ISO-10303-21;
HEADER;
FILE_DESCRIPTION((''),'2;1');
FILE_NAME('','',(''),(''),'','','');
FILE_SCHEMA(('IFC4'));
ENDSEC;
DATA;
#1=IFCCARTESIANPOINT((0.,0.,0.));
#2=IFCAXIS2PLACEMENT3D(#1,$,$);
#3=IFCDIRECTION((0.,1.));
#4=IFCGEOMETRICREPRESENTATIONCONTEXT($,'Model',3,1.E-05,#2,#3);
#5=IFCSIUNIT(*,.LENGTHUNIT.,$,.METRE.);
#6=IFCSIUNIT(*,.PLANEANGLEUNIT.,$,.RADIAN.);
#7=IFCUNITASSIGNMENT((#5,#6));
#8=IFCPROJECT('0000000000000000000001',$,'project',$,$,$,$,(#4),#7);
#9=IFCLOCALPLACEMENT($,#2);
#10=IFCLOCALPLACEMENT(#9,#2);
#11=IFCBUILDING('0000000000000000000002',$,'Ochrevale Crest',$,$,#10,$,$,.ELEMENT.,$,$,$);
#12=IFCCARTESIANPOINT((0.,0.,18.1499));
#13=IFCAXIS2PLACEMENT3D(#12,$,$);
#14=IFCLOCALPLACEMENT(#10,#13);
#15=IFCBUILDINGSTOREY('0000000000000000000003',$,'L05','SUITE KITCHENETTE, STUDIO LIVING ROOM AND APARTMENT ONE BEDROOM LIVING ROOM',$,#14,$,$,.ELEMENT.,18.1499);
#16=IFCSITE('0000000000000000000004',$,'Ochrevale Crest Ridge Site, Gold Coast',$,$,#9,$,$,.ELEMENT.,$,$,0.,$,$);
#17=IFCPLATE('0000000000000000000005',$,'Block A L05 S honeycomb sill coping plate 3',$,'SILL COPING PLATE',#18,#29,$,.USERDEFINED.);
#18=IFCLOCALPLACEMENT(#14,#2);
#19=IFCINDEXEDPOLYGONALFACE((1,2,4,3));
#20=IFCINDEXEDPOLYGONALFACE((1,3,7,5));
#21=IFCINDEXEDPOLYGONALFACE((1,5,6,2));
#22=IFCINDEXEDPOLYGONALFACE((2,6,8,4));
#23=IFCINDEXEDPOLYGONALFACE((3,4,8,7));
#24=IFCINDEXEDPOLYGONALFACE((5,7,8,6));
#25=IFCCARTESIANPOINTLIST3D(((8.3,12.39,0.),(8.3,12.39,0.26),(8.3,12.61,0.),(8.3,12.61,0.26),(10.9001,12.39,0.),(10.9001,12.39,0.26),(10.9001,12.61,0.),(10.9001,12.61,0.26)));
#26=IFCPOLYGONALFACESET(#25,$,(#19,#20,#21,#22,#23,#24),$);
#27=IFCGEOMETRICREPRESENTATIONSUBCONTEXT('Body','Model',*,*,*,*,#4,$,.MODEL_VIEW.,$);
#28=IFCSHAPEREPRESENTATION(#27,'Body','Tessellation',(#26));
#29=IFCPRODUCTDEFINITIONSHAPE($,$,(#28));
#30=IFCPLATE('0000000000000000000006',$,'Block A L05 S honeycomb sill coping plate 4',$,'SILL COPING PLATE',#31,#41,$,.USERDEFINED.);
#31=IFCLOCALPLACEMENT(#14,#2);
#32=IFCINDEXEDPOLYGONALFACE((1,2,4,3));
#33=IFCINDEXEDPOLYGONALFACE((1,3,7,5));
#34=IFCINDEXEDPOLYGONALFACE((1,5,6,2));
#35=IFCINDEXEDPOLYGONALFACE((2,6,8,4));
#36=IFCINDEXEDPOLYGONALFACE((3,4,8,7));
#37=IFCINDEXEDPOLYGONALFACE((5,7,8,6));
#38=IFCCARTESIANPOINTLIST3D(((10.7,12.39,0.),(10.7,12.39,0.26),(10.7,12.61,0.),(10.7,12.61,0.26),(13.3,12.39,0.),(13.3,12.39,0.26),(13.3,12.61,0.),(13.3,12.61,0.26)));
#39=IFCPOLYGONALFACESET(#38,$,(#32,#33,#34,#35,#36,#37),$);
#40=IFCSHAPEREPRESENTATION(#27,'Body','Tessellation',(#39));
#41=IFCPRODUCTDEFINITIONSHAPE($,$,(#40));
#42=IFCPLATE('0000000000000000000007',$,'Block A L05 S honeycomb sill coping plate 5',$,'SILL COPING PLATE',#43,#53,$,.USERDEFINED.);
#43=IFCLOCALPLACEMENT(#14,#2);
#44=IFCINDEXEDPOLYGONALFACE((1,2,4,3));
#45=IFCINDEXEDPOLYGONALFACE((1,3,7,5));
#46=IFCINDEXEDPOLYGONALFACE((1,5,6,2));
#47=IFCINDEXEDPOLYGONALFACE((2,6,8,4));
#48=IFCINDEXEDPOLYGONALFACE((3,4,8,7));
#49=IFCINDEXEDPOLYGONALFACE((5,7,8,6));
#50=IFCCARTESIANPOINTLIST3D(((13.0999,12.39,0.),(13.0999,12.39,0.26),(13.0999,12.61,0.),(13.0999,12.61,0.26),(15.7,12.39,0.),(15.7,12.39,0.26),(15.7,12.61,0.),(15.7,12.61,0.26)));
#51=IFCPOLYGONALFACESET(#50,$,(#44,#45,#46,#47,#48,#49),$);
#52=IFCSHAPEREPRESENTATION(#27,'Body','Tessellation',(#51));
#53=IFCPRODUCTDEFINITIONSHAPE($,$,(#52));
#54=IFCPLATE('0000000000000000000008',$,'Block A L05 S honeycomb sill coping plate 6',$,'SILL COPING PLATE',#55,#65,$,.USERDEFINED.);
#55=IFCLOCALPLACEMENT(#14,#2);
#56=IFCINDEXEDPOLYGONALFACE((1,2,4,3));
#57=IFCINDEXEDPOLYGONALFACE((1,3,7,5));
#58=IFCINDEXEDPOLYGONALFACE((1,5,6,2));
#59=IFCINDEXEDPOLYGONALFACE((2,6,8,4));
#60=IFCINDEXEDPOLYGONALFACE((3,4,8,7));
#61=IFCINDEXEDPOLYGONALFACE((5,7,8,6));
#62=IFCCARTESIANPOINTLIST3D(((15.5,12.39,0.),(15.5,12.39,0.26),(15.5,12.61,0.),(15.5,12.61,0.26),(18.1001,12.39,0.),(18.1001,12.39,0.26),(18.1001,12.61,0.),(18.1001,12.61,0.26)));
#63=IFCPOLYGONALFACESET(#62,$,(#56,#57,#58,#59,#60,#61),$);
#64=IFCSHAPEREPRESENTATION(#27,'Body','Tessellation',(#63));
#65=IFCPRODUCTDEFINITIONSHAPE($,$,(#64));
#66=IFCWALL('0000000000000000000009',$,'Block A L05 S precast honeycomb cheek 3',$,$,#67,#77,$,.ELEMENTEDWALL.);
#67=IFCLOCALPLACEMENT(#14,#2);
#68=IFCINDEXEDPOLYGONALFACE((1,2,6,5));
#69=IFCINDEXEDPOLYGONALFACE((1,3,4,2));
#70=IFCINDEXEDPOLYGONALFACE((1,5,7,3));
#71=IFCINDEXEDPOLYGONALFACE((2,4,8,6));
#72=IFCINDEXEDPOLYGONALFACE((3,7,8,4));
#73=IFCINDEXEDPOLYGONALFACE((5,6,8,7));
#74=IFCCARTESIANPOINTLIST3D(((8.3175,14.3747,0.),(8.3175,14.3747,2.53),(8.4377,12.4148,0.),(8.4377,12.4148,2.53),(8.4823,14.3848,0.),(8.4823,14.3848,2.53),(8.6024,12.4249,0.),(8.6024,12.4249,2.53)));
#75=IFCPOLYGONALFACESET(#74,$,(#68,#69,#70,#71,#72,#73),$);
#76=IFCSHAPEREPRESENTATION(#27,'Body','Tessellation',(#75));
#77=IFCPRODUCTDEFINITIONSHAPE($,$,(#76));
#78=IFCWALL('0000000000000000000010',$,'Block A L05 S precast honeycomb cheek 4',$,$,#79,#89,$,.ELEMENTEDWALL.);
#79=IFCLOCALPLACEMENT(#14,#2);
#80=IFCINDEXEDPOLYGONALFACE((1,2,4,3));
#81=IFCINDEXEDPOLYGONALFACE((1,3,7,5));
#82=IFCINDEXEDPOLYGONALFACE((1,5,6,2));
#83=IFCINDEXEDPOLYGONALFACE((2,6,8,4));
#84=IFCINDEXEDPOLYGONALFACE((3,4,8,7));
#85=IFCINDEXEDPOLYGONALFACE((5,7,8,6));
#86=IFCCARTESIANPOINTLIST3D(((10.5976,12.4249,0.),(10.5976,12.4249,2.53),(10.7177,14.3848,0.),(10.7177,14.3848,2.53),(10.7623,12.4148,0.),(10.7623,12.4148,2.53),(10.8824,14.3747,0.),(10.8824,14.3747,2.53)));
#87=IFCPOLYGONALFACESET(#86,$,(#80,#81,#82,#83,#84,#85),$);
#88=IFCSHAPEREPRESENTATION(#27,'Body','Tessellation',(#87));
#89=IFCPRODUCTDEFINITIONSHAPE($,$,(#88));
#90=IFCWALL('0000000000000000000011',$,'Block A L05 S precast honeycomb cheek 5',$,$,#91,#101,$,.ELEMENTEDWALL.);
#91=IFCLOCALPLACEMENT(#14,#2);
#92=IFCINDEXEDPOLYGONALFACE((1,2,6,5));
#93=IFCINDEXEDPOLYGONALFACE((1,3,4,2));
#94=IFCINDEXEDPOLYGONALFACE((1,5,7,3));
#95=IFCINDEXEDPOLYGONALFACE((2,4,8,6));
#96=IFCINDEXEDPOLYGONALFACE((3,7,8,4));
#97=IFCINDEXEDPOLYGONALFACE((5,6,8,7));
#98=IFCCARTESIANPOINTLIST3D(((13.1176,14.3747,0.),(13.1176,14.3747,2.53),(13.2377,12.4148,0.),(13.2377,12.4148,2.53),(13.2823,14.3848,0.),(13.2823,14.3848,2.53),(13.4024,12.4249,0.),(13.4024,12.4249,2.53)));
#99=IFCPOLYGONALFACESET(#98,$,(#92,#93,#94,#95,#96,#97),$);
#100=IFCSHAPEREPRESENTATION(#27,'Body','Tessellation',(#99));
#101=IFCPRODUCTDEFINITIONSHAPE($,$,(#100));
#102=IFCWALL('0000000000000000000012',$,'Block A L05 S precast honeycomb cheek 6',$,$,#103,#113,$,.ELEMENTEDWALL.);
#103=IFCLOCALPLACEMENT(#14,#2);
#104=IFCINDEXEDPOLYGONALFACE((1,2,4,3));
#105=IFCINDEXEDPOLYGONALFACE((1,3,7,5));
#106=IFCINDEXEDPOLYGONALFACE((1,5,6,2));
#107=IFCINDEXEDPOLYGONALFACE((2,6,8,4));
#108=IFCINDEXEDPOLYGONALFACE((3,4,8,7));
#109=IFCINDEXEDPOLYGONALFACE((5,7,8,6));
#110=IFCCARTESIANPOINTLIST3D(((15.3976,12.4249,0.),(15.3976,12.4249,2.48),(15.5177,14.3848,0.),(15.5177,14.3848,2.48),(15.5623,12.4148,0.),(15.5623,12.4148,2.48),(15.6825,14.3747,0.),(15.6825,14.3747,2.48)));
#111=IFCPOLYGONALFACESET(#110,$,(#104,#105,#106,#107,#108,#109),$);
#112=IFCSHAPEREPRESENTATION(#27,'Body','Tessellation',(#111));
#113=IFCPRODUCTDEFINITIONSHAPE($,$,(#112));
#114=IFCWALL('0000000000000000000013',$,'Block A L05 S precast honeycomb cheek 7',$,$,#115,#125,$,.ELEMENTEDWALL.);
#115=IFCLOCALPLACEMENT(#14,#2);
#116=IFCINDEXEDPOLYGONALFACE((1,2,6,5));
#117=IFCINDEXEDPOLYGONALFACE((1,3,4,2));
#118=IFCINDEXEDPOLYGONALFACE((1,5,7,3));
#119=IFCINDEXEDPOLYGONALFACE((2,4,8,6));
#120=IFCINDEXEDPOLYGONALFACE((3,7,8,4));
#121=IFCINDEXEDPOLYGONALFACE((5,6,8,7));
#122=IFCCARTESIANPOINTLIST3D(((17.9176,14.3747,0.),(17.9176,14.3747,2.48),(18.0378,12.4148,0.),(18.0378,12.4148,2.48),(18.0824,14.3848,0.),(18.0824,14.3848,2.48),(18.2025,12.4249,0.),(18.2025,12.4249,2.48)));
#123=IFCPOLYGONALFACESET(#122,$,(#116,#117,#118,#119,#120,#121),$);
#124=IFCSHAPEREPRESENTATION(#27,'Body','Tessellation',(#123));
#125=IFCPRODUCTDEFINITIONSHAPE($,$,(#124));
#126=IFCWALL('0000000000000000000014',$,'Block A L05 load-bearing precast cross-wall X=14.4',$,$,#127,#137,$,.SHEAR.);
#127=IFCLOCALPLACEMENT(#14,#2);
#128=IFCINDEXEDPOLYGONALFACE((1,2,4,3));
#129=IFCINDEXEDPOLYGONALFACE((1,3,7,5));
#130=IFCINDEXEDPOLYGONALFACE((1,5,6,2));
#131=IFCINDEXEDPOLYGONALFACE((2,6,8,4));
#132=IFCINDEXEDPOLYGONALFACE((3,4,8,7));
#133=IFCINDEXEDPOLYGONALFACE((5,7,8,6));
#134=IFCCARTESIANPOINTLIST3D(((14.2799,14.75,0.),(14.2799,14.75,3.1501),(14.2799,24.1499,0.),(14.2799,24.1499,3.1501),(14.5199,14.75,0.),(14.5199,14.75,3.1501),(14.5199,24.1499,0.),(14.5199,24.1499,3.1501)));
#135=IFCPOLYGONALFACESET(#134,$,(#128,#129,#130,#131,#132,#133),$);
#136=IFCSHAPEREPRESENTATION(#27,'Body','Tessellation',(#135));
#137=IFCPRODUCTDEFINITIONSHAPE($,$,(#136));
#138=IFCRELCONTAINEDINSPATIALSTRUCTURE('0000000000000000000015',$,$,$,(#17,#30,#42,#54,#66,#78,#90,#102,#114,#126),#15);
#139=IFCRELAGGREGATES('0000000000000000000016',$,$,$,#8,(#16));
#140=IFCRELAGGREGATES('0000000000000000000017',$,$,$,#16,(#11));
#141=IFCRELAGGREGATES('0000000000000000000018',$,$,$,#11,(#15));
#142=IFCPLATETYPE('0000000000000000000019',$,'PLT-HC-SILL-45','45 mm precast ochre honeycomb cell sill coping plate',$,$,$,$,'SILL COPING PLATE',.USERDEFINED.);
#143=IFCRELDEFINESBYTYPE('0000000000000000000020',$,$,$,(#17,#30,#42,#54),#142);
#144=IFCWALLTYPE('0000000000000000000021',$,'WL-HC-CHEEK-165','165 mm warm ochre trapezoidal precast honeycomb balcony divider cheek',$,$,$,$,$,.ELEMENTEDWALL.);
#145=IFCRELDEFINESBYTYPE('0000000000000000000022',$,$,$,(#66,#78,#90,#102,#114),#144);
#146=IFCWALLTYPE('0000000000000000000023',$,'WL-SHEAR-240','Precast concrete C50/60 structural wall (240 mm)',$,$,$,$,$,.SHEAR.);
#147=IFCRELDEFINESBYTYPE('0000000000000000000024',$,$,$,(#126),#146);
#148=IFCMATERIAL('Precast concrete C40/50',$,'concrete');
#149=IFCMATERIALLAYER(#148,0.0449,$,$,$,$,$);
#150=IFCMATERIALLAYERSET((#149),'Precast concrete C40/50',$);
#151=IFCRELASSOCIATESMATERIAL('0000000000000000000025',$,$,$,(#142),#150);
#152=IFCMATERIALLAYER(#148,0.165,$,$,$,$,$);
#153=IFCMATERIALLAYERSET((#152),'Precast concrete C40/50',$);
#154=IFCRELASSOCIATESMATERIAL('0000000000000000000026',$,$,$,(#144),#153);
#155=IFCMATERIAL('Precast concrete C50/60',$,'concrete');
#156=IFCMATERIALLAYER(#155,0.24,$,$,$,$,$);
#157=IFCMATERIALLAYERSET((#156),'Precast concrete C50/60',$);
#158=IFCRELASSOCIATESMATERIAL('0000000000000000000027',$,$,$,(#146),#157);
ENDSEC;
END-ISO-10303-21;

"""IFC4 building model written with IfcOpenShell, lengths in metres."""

from ifc_helpers import new_model, si_unit, direction, frame, frame_2d, origin, origin_2d, place, context, subcontext, project, spatial, rectangle, extrude, material, layer, layer_set, type_object, element, save


model = new_model("IFC4")

# Units and contexts
model_context = context("Model", 3, precision=1e-05, world=origin(), true_north=direction((0.0, 1.0)))
body_context = subcontext(model_context, "Body", "Model", "MODEL_VIEW")
ifc_project = project(units=[si_unit("LENGTHUNIT", "METRE"), si_unit("PLANEANGLEUNIT", "RADIAN")], contexts=[model_context])

# Site, building, storey
site_placement = place(None, origin())
site = spatial("IfcSite", under=ifc_project, at=site_placement, Name="Ochrevale Crest Ridge Site, Gold Coast", CompositionType="ELEMENT", RefElevation=0.0)
building_placement = place(site_placement, origin())
building = spatial("IfcBuilding", under=site, at=building_placement, Name="Ochrevale Crest", CompositionType="ELEMENT")
storey_placement = place(building_placement, frame((0.0, 0.0, 18.1499)))
storey = spatial("IfcBuildingStorey", under=building, at=storey_placement, Name="L05", Description="SUITE KITCHENETTE, STUDIO LIVING ROOM AND APARTMENT ONE BEDROOM LIVING ROOM", CompositionType="ELEMENT", Elevation=18.1499)

# Shared definitions
ifc_material_1 = material(Name="Precast concrete C50/60", Category="concrete")

# Shared definitions
ifc_material_2 = material(Name="Precast concrete C40/50", Category="concrete")

# Plates
ifc_layer_1 = layer(ifc_material_2, 0.0449)
ifc_layer_set_1 = layer_set([ifc_layer_1], Name="Precast concrete C40/50")
plate_type_1 = type_object("IfcPlateType", Name="PLT-HC-SILL-45", Description="45 mm precast ochre honeycomb cell sill coping plate", ElementType="SILL COPING PLATE", PredefinedType="USERDEFINED", material=ifc_layer_set_1)
for number, where, z_axis, x_axis, name in (
    (1, (9.6001, 12.5, 0.0), (0.0, 0.0, 1.0), (1.0, 0.0, 0.0), "Block A L05 S honeycomb sill coping plate 3"),
    (2, (12.0, 12.5, 0.0), (0.0, 0.0, 1.0), (1.0, 0.0, 0.0), "Block A L05 S honeycomb sill coping plate 4"),
    (3, (14.3999, 12.5, 0.0), (0.0, 0.0, 1.0), (1.0, 0.0, 0.0), "Block A L05 S honeycomb sill coping plate 5"),
    (4, (16.8, 12.5, 0.0), (0.0, 0.0, 1.0), (1.0, 0.0, 0.0), "Block A L05 S honeycomb sill coping plate 6"),
):
    element("IfcPlate", number, at=place(storey_placement, frame(where, z_axis=z_axis, x_axis=x_axis)), inside=storey, type_object=plate_type_1, Name=name, ObjectType="SILL COPING PLATE", PredefinedType="USERDEFINED", context=body_context, shape_type="SweptSolid", body=[
        extrude(rectangle(XDim=2.6001, YDim=0.22, at=origin_2d()), origin(), (0.0, 0.0, 1.0), 0.26),
    ])

# Walls
ifc_layer_2 = layer(ifc_material_2, 0.165)
ifc_layer_set_2 = layer_set([ifc_layer_2], Name="Precast concrete C40/50")
wall_type_1 = type_object("IfcWallType", Name="WL-HC-CHEEK-165", Description="165 mm warm ochre trapezoidal precast honeycomb balcony divider cheek", PredefinedType="ELEMENTEDWALL", material=ifc_layer_set_2)
for number, where, z_axis, x_axis, name in (
    (5, (8.3999, 14.3799, 0.0), (0.0, 0.0, 1.0), (0.061171, -0.998127, 0.0), "Block A L05 S precast honeycomb cheek 3"),
    (6, (10.8, 14.3799, 0.0), (0.0, 0.0, 1.0), (-0.061171, -0.998127, 0.0), "Block A L05 S precast honeycomb cheek 4"),
    (7, (13.2, 14.3799, 0.0), (0.0, 0.0, 1.0), (0.061171, -0.998127, 0.0), "Block A L05 S precast honeycomb cheek 5"),
):
    element("IfcWall", number, at=place(storey_placement, frame(where, z_axis=z_axis, x_axis=x_axis)), inside=storey, type_object=wall_type_1, Name=name, PredefinedType="ELEMENTEDWALL", context=body_context, shape_type="SweptSolid", body=[
        extrude(rectangle(XDim=1.9636, YDim=0.165, at=frame_2d((0.9819, 0.0))), origin(), (0.0, 0.0, 1.0), 2.53),
    ])
for number, where, z_axis, x_axis, name in (
    (8, (15.6001, 14.3799, 0.0), (0.0, 0.0, 1.0), (-0.061171, -0.998127, 0.0), "Block A L05 S precast honeycomb cheek 6"),
    (9, (18.0, 14.3799, 0.0), (0.0, 0.0, 1.0), (0.061171, -0.998127, 0.0), "Block A L05 S precast honeycomb cheek 7"),
):
    element("IfcWall", number, at=place(storey_placement, frame(where, z_axis=z_axis, x_axis=x_axis)), inside=storey, type_object=wall_type_1, Name=name, PredefinedType="ELEMENTEDWALL", context=body_context, shape_type="SweptSolid", body=[
        extrude(rectangle(XDim=1.9636, YDim=0.165, at=frame_2d((0.9819, 0.0))), origin(), (0.0, 0.0, 1.0), 2.48),
    ])
ifc_layer_3 = layer(ifc_material_1, 0.24)
ifc_layer_set_3 = layer_set([ifc_layer_3], Name="Precast concrete C50/60")
wall_type_2 = type_object("IfcWallType", Name="WL-SHEAR-240", Description="Precast concrete C50/60 structural wall (240 mm)", PredefinedType="SHEAR", material=ifc_layer_set_3)
wall_placement = place(storey_placement, frame((14.3999, 14.75, 0.0), z_axis=(0.0, 0.0, 1.0), x_axis=(0.0, 1.0, 0.0)))
element("IfcWall", 10, at=wall_placement, inside=storey, type_object=wall_type_2, Name="Block A L05 load-bearing precast cross-wall X=14.4", PredefinedType="SHEAR", context=body_context, shape_type="SweptSolid", body=[
    extrude(rectangle(XDim=9.3999, YDim=0.24, at=frame_2d((4.7, 0.0))), origin(), (0.0, 0.0, 1.0), 3.1501),
])

save(model, "model.ifc")
